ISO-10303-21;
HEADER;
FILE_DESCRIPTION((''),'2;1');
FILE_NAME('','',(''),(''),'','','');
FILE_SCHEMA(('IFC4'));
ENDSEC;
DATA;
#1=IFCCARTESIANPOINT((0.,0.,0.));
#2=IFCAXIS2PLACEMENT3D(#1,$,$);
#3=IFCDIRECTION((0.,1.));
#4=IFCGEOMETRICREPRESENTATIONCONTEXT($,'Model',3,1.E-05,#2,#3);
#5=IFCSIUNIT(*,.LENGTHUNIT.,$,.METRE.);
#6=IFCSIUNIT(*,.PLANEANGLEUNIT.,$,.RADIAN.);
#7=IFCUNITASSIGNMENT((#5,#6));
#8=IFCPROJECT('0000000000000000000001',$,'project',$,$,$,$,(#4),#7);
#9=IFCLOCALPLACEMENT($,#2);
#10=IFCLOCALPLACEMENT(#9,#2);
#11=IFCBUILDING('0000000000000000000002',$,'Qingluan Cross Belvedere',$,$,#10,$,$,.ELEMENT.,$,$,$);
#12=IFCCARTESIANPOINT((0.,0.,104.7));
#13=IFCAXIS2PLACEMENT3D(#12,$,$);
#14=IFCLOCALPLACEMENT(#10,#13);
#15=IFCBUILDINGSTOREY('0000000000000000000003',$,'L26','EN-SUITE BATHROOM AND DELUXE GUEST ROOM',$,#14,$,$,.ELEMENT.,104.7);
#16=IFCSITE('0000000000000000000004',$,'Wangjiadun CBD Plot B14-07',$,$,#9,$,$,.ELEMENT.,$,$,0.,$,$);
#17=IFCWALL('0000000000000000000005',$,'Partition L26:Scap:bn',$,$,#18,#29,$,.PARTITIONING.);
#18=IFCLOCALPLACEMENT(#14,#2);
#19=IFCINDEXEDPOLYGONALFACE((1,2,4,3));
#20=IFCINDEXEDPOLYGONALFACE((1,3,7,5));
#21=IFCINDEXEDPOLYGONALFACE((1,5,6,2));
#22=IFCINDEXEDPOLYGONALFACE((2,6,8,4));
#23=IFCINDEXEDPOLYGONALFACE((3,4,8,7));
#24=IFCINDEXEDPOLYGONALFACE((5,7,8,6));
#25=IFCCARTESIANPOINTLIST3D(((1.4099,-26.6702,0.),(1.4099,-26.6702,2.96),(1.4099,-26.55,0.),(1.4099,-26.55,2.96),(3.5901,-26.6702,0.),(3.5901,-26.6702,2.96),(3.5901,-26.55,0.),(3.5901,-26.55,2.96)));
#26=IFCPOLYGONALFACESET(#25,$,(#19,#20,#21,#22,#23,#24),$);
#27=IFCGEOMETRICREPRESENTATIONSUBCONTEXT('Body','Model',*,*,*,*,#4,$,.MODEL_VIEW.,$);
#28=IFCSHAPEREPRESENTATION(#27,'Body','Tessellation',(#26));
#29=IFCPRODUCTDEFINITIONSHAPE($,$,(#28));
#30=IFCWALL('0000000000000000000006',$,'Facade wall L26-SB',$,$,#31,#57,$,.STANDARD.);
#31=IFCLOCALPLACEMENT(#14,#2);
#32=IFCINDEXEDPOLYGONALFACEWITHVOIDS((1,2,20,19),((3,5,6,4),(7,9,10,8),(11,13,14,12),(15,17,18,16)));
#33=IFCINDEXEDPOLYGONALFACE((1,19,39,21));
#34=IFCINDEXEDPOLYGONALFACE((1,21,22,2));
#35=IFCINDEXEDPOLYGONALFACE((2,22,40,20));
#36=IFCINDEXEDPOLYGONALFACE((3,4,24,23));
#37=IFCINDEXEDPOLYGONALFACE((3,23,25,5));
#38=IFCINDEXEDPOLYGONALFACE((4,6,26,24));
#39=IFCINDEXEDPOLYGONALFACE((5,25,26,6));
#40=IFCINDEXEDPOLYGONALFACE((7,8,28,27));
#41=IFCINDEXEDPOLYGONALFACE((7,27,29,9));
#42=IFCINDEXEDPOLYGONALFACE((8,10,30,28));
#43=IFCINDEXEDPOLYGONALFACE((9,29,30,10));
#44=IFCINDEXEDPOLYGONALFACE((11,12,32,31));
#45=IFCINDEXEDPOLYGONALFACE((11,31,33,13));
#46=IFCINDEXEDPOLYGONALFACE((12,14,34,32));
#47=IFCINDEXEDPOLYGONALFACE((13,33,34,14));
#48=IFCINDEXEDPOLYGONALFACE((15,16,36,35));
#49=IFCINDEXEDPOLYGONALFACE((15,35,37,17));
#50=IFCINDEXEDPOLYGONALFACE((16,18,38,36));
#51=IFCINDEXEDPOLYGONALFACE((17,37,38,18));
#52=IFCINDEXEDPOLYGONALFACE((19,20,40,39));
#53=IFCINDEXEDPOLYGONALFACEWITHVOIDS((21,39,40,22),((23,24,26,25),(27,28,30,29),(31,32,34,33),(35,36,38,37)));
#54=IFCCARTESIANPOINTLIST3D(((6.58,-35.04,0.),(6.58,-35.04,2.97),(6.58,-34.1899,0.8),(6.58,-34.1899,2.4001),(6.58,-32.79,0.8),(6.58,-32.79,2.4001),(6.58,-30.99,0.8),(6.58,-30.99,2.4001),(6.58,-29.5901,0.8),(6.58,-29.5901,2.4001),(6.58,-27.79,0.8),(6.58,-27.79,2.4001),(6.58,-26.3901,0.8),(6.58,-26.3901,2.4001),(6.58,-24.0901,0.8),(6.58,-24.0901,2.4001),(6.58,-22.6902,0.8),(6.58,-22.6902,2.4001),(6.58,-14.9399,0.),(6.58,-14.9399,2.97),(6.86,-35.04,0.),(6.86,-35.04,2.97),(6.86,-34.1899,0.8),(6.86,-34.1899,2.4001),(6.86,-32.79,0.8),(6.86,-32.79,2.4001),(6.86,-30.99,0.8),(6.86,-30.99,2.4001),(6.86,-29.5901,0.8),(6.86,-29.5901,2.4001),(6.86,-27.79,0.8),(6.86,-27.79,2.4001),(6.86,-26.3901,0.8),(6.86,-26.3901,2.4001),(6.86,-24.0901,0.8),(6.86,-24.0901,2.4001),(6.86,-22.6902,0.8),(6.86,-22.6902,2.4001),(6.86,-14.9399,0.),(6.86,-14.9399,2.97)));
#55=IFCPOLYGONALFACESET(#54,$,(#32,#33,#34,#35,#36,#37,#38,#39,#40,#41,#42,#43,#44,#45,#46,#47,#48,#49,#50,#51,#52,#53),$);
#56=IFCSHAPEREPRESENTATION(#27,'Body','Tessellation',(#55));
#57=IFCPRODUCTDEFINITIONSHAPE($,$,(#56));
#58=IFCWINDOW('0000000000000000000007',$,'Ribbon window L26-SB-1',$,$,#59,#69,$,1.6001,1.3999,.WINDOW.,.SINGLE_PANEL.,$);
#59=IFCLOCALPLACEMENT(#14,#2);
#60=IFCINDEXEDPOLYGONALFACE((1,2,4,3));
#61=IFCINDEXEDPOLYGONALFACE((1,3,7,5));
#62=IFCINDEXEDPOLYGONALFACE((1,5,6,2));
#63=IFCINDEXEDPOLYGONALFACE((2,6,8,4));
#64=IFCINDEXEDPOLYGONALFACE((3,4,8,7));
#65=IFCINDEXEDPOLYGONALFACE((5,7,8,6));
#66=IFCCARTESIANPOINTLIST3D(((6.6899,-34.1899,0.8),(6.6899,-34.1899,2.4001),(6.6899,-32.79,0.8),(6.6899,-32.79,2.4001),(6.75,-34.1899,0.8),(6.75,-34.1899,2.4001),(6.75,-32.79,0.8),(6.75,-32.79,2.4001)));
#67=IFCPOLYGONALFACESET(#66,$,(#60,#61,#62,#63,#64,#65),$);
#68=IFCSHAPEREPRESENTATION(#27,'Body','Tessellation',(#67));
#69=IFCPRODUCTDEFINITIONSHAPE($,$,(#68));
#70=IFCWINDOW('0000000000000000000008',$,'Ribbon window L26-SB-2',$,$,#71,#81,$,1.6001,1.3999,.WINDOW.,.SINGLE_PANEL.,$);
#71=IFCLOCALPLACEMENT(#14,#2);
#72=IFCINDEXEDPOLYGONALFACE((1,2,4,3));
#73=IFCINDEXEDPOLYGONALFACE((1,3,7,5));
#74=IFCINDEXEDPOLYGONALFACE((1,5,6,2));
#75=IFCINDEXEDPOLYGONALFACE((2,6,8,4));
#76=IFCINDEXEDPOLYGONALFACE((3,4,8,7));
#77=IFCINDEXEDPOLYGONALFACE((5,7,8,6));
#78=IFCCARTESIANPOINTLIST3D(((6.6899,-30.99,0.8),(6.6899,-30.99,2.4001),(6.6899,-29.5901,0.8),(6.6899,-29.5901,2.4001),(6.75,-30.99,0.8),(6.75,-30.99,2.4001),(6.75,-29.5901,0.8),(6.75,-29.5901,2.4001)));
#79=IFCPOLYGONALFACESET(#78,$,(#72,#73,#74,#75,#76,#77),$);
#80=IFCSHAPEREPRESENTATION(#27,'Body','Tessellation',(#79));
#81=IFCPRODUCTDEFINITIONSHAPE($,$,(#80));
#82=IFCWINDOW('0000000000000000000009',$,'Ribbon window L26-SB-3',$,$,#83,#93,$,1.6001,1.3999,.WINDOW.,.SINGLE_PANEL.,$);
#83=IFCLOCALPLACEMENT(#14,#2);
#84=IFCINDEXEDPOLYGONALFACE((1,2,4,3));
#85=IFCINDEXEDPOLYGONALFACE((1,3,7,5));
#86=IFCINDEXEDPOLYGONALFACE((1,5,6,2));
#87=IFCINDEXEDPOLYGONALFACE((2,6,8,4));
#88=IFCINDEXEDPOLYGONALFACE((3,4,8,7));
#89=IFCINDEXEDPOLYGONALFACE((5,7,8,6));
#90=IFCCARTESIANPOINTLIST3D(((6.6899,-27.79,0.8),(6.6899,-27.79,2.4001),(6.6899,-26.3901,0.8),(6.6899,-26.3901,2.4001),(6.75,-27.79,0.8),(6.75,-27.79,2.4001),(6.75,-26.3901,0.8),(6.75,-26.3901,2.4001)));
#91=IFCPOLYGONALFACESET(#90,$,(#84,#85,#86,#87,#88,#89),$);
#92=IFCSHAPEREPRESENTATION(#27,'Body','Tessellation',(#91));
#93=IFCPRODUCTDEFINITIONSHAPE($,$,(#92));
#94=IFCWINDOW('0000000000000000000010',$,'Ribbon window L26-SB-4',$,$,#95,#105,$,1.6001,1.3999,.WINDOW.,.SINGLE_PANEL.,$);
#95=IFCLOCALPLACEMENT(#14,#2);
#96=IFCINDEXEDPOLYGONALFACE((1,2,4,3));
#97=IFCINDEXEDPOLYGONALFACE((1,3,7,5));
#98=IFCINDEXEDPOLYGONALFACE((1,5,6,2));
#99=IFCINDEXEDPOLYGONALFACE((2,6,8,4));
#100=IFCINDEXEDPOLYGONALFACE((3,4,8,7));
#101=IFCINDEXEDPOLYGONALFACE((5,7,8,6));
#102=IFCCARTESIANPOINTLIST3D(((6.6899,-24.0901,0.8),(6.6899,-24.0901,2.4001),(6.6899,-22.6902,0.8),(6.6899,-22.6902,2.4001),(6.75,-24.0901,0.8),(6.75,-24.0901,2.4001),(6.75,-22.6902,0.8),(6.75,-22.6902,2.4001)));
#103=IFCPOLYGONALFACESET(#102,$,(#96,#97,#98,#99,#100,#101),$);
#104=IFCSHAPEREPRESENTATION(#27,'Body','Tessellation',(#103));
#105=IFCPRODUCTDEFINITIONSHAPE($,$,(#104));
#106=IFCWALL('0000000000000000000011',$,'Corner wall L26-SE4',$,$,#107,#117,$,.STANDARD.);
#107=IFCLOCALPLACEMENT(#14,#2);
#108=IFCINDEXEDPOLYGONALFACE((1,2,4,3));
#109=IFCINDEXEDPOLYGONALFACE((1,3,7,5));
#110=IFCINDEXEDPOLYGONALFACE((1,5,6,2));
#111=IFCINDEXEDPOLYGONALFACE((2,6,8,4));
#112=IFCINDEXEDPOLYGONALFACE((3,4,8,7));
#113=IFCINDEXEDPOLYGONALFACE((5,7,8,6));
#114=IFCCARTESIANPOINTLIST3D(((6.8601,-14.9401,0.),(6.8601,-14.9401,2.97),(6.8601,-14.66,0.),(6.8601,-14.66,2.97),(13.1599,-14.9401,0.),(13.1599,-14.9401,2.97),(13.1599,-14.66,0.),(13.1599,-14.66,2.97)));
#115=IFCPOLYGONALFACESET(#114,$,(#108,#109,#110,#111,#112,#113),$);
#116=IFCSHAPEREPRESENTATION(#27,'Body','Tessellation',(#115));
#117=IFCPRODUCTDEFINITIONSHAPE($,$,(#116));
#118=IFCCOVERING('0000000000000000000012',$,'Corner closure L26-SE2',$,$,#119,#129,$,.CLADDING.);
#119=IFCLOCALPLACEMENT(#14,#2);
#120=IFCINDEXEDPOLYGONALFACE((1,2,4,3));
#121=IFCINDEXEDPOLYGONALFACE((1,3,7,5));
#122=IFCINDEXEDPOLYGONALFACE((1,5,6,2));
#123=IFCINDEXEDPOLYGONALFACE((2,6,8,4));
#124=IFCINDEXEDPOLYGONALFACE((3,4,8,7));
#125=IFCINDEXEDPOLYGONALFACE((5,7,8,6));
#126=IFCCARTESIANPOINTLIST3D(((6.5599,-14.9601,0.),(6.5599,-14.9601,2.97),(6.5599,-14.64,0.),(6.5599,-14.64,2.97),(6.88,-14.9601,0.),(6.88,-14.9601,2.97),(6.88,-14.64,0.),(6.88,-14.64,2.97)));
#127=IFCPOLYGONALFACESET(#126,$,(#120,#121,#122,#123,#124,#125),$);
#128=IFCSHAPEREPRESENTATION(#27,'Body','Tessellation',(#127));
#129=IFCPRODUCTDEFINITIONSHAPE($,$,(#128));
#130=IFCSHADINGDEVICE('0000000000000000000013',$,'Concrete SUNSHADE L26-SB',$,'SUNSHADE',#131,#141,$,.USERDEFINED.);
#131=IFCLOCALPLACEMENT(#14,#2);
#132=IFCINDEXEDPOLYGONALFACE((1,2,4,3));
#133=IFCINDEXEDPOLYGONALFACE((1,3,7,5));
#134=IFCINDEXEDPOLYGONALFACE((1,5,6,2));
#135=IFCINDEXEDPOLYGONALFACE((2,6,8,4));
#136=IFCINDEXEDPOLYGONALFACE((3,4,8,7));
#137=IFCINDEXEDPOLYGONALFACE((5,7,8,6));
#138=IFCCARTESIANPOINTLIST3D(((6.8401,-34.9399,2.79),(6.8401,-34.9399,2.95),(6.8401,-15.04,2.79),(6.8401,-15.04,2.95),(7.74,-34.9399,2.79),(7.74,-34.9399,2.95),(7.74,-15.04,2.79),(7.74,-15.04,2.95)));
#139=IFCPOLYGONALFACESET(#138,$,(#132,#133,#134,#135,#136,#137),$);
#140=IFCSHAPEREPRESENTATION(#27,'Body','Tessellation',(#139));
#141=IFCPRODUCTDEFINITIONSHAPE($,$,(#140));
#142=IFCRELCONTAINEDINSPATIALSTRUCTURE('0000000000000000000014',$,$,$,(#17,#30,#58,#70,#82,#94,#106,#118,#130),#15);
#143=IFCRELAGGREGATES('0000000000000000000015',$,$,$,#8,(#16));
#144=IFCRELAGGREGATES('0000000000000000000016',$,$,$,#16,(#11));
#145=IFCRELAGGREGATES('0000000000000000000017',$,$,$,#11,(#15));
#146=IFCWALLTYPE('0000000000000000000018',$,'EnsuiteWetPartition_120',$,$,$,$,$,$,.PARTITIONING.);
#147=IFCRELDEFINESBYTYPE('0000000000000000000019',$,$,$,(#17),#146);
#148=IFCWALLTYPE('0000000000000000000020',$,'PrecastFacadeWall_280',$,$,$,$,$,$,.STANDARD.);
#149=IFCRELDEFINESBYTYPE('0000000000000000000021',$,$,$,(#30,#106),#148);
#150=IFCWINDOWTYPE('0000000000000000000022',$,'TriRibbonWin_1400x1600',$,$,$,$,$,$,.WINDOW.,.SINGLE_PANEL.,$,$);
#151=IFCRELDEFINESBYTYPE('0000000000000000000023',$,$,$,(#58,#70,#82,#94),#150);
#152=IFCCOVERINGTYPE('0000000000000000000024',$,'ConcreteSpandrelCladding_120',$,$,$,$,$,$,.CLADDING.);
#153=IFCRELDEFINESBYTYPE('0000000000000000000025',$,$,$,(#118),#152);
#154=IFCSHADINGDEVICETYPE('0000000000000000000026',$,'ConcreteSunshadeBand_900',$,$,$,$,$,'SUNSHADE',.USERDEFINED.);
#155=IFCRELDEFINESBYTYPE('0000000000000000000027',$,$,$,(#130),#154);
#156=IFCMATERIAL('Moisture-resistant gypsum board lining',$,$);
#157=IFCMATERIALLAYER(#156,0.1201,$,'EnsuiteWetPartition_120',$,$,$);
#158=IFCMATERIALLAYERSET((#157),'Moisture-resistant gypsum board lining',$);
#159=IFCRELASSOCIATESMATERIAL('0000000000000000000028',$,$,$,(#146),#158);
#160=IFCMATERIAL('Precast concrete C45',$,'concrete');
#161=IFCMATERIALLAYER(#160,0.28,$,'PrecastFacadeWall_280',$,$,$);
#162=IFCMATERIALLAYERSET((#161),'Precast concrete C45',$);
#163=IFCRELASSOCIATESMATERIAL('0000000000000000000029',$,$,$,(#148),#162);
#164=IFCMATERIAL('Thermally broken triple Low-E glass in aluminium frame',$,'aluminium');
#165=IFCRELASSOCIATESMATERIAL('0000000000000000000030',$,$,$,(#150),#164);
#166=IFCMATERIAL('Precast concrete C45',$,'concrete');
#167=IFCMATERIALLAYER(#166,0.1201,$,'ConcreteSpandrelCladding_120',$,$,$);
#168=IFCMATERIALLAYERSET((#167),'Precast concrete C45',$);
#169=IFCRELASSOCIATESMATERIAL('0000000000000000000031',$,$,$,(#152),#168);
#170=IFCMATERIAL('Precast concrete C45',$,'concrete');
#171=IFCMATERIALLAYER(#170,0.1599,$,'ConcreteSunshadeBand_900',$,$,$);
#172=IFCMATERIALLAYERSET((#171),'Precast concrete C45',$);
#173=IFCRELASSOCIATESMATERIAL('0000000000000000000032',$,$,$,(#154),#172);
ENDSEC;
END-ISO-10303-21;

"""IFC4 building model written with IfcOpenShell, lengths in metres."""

from ifc_helpers import new_model, si_unit, direction, frame, frame_2d, origin, origin_2d, place, context, subcontext, project, spatial, rectangle, extrude, material, layer, layer_set, type_object, element, fill, save


model = new_model("IFC4")

# Units and contexts
model_context = context("Model", 3, precision=1e-05, world=origin(), true_north=direction((0.0, 1.0)))
body_context = subcontext(model_context, "Body", "Model", "MODEL_VIEW")
ifc_project = project(units=[si_unit("LENGTHUNIT", "METRE"), si_unit("PLANEANGLEUNIT", "RADIAN")], contexts=[model_context])

# Site, building, storey
site_placement = place(None, origin())
site = spatial("IfcSite", under=ifc_project, at=site_placement, Name="Wangjiadun CBD Plot B14-07", CompositionType="ELEMENT", RefElevation=0.0)
building_placement = place(site_placement, origin())
building = spatial("IfcBuilding", under=site, at=building_placement, Name="Qingluan Cross Belvedere", CompositionType="ELEMENT")
storey_placement = place(building_placement, frame((0.0, 0.0, 104.7)))
storey = spatial("IfcBuildingStorey", under=building, at=storey_placement, Name="L26", Description="EN-SUITE BATHROOM AND DELUXE GUEST ROOM", CompositionType="ELEMENT", Elevation=104.7)

# Shared definitions
ifc_material_1 = material(Name="Moisture-resistant gypsum board lining")
ifc_layer_1 = layer(ifc_material_1, 0.1201, Name="EnsuiteWetPartition_120")
ifc_layer_set_1 = layer_set([ifc_layer_1], Name="Moisture-resistant gypsum board lining")
wall_type_1 = type_object("IfcWallType", Name="EnsuiteWetPartition_120", PredefinedType="PARTITIONING", material=ifc_layer_set_1)

# Wall
for number, where, z_axis, x_axis, name in (
    (1, (1.4099, -26.6101, 0.0), (0.0, 0.0, 1.0), (1.0, 0.0, 0.0), "Partition L26:Scap:bn"),
):
    element("IfcWall", number, at=place(storey_placement, frame(where, z_axis=z_axis, x_axis=x_axis)), inside=storey, type_object=wall_type_1, Name=name, PredefinedType="PARTITIONING", context=body_context, shape_type="SweptSolid", body=[
        extrude(rectangle(XDim=2.1802, YDim=0.1201, at=frame_2d((1.0901, 0.0))), origin(), (0.0, 0.0, 1.0), 2.96),
    ])

# Wall, openings, windows
ifc_material_2 = material(Name="Precast concrete C45", Category="concrete")
ifc_layer_2 = layer(ifc_material_2, 0.28, Name="PrecastFacadeWall_280")
ifc_layer_set_2 = layer_set([ifc_layer_2], Name="Precast concrete C45")
wall_type_2 = type_object("IfcWallType", Name="PrecastFacadeWall_280", PredefinedType="STANDARD", material=ifc_layer_set_2)
wall_1_placement = place(storey_placement, frame((6.72, -35.04, 0.0), z_axis=(0.0, 0.0, 1.0), x_axis=(0.0, 1.0, 0.0)))
wall_1 = element("IfcWall", 2, at=wall_1_placement, inside=storey, type_object=wall_type_2, Name="Facade wall L26-SB", PredefinedType="STANDARD", context=body_context, shape_type="SweptSolid", body=[
    extrude(rectangle(XDim=20.1001, YDim=0.28, at=frame_2d((10.05, 0.0))), origin(), (0.0, 0.0, 1.0), 2.97),
])
opening_1_placement = place(wall_1_placement, frame((0.8501, 0.0, 0.8)))
opening_1 = element("IfcOpeningElement", 3, at=opening_1_placement, cuts=wall_1, PredefinedType="OPENING", context=body_context, shape_type="SweptSolid", body=[
    extrude(rectangle(XDim=1.3999, YDim=1.6001, at=frame_2d((0.7, 0.8))), frame((0.0, 0.1499, 0.0), z_axis=(0.0, -1.0, 0.0), x_axis=(1.0, 0.0, 0.0)), (0.0, 0.0, 1.0), 0.3),
])
opening_2_placement = place(wall_1_placement, frame((4.05, 0.0, 0.8)))
opening_2 = element("IfcOpeningElement", 4, at=opening_2_placement, cuts=wall_1, PredefinedType="OPENING", context=body_context, shape_type="SweptSolid", body=[
    extrude(rectangle(XDim=1.3999, YDim=1.6001, at=frame_2d((0.7, 0.8))), frame((0.0, 0.1499, 0.0), z_axis=(0.0, -1.0, 0.0), x_axis=(1.0, 0.0, 0.0)), (0.0, 0.0, 1.0), 0.3),
])
opening_3_placement = place(wall_1_placement, frame((7.25, 0.0, 0.8)))
opening_3 = element("IfcOpeningElement", 5, at=opening_3_placement, cuts=wall_1, PredefinedType="OPENING", context=body_context, shape_type="SweptSolid", body=[
    extrude(rectangle(XDim=1.3999, YDim=1.6001, at=frame_2d((0.7, 0.8))), frame((0.0, 0.1499, 0.0), z_axis=(0.0, -1.0, 0.0), x_axis=(1.0, 0.0, 0.0)), (0.0, 0.0, 1.0), 0.3),
])
opening_4_placement = place(wall_1_placement, frame((10.95, 0.0, 0.8)))
opening_4 = element("IfcOpeningElement", 6, at=opening_4_placement, cuts=wall_1, PredefinedType="OPENING", context=body_context, shape_type="SweptSolid", body=[
    extrude(rectangle(XDim=1.3999, YDim=1.6001, at=frame_2d((0.7, 0.8))), frame((0.0, 0.1499, 0.0), z_axis=(0.0, -1.0, 0.0), x_axis=(1.0, 0.0, 0.0)), (0.0, 0.0, 1.0), 0.3),
])
ifc_material_3 = material(Name="Thermally broken triple Low-E glass in aluminium frame", Category="aluminium")
window_type = type_object("IfcWindowType", Name="TriRibbonWin_1400x1600", PartitioningType="SINGLE_PANEL", PredefinedType="WINDOW", material=ifc_material_3)
window_1_placement = place(opening_1_placement, origin())
window_1 = element("IfcWindow", 7, at=window_1_placement, inside=storey, type_object=window_type, Name="Ribbon window L26-SB-1", OverallHeight=1.6001, OverallWidth=1.3999, PartitioningType="SINGLE_PANEL", PredefinedType="WINDOW", context=body_context, shape_type="SweptSolid", body=[
    extrude(rectangle(XDim=1.3999, YDim=1.6001, at=frame_2d((0.7, 0.8))), frame((0.0, 0.03, 0.0), z_axis=(0.0, -1.0, 0.0), x_axis=(1.0, 0.0, 0.0)), (0.0, 0.0, 1.0), 0.0601),
])
fill(opening_1, window_1)
window_2_placement = place(opening_2_placement, origin())
window_2 = element("IfcWindow", 8, at=window_2_placement, inside=storey, type_object=window_type, Name="Ribbon window L26-SB-2", OverallHeight=1.6001, OverallWidth=1.3999, PartitioningType="SINGLE_PANEL", PredefinedType="WINDOW", context=body_context, shape_type="SweptSolid", body=[
    extrude(rectangle(XDim=1.3999, YDim=1.6001, at=frame_2d((0.7, 0.8))), frame((0.0, 0.03, 0.0), z_axis=(0.0, -1.0, 0.0), x_axis=(1.0, 0.0, 0.0)), (0.0, 0.0, 1.0), 0.0601),
])
fill(opening_2, window_2)
window_3_placement = place(opening_3_placement, origin())
window_3 = element("IfcWindow", 9, at=window_3_placement, inside=storey, type_object=window_type, Name="Ribbon window L26-SB-3", OverallHeight=1.6001, OverallWidth=1.3999, PartitioningType="SINGLE_PANEL", PredefinedType="WINDOW", context=body_context, shape_type="SweptSolid", body=[
    extrude(rectangle(XDim=1.3999, YDim=1.6001, at=frame_2d((0.7, 0.8))), frame((0.0, 0.03, 0.0), z_axis=(0.0, -1.0, 0.0), x_axis=(1.0, 0.0, 0.0)), (0.0, 0.0, 1.0), 0.0601),
])
fill(opening_3, window_3)
window_4_placement = place(opening_4_placement, origin())
window_4 = element("IfcWindow", 10, at=window_4_placement, inside=storey, type_object=window_type, Name="Ribbon window L26-SB-4", OverallHeight=1.6001, OverallWidth=1.3999, PartitioningType="SINGLE_PANEL", PredefinedType="WINDOW", context=body_context, shape_type="SweptSolid", body=[
    extrude(rectangle(XDim=1.3999, YDim=1.6001, at=frame_2d((0.7, 0.8))), frame((0.0, 0.03, 0.0), z_axis=(0.0, -1.0, 0.0), x_axis=(1.0, 0.0, 0.0)), (0.0, 0.0, 1.0), 0.0601),
])
fill(opening_4, window_4)

# Wall
wall_2_placement = place(storey_placement, frame((13.1599, -14.8, 0.0), z_axis=(0.0, 0.0, 1.0), x_axis=(-1.0, 0.0, 0.0)))
element("IfcWall", 11, at=wall_2_placement, inside=storey, type_object=wall_type_2, Name="Corner wall L26-SE4", PredefinedType="STANDARD", context=body_context, shape_type="SweptSolid", body=[
    extrude(rectangle(XDim=6.2998, YDim=0.28, at=frame_2d((3.1499, 0.0))), origin(), (0.0, 0.0, 1.0), 2.97),
])

# Covering
ifc_material_4 = material(Name="Precast concrete C45", Category="concrete")
ifc_layer_3 = layer(ifc_material_4, 0.1201, Name="ConcreteSpandrelCladding_120")
ifc_layer_set_3 = layer_set([ifc_layer_3], Name="Precast concrete C45")
covering_type = type_object("IfcCoveringType", Name="ConcreteSpandrelCladding_120", PredefinedType="CLADDING", material=ifc_layer_set_3)
covering_placement = place(storey_placement, frame((6.72, -14.8, 0.0), z_axis=(0.0, 0.0, 1.0), x_axis=(1.0, 0.0, 0.0)))
element("IfcCovering", 12, at=covering_placement, inside=storey, type_object=covering_type, Name="Corner closure L26-SE2", PredefinedType="CLADDING", context=body_context, shape_type="SweptSolid", body=[
    extrude(rectangle(XDim=0.3201, YDim=0.3201, at=origin_2d()), origin(), (0.0, 0.0, 1.0), 2.97),
])

# Shading device
ifc_material_5 = material(Name="Precast concrete C45", Category="concrete")
ifc_layer_4 = layer(ifc_material_5, 0.1599, Name="ConcreteSunshadeBand_900")
ifc_layer_set_4 = layer_set([ifc_layer_4], Name="Precast concrete C45")
shading_device_type = type_object("IfcShadingDeviceType", Name="ConcreteSunshadeBand_900", ElementType="SUNSHADE", PredefinedType="USERDEFINED", material=ifc_layer_set_4)
shading_device_placement = place(storey_placement, frame((7.29, -24.99, 2.79), z_axis=(0.0, 0.0, 1.0), x_axis=(0.0, 1.0, 0.0)))
element("IfcShadingDevice", 13, at=shading_device_placement, inside=storey, type_object=shading_device_type, Name="Concrete SUNSHADE L26-SB", ObjectType="SUNSHADE", PredefinedType="USERDEFINED", context=body_context, shape_type="SweptSolid", body=[
    extrude(rectangle(XDim=19.8999, YDim=0.8999, at=origin_2d()), origin(), (0.0, 0.0, 1.0), 0.1599),
])

save(model, "model.ifc")
